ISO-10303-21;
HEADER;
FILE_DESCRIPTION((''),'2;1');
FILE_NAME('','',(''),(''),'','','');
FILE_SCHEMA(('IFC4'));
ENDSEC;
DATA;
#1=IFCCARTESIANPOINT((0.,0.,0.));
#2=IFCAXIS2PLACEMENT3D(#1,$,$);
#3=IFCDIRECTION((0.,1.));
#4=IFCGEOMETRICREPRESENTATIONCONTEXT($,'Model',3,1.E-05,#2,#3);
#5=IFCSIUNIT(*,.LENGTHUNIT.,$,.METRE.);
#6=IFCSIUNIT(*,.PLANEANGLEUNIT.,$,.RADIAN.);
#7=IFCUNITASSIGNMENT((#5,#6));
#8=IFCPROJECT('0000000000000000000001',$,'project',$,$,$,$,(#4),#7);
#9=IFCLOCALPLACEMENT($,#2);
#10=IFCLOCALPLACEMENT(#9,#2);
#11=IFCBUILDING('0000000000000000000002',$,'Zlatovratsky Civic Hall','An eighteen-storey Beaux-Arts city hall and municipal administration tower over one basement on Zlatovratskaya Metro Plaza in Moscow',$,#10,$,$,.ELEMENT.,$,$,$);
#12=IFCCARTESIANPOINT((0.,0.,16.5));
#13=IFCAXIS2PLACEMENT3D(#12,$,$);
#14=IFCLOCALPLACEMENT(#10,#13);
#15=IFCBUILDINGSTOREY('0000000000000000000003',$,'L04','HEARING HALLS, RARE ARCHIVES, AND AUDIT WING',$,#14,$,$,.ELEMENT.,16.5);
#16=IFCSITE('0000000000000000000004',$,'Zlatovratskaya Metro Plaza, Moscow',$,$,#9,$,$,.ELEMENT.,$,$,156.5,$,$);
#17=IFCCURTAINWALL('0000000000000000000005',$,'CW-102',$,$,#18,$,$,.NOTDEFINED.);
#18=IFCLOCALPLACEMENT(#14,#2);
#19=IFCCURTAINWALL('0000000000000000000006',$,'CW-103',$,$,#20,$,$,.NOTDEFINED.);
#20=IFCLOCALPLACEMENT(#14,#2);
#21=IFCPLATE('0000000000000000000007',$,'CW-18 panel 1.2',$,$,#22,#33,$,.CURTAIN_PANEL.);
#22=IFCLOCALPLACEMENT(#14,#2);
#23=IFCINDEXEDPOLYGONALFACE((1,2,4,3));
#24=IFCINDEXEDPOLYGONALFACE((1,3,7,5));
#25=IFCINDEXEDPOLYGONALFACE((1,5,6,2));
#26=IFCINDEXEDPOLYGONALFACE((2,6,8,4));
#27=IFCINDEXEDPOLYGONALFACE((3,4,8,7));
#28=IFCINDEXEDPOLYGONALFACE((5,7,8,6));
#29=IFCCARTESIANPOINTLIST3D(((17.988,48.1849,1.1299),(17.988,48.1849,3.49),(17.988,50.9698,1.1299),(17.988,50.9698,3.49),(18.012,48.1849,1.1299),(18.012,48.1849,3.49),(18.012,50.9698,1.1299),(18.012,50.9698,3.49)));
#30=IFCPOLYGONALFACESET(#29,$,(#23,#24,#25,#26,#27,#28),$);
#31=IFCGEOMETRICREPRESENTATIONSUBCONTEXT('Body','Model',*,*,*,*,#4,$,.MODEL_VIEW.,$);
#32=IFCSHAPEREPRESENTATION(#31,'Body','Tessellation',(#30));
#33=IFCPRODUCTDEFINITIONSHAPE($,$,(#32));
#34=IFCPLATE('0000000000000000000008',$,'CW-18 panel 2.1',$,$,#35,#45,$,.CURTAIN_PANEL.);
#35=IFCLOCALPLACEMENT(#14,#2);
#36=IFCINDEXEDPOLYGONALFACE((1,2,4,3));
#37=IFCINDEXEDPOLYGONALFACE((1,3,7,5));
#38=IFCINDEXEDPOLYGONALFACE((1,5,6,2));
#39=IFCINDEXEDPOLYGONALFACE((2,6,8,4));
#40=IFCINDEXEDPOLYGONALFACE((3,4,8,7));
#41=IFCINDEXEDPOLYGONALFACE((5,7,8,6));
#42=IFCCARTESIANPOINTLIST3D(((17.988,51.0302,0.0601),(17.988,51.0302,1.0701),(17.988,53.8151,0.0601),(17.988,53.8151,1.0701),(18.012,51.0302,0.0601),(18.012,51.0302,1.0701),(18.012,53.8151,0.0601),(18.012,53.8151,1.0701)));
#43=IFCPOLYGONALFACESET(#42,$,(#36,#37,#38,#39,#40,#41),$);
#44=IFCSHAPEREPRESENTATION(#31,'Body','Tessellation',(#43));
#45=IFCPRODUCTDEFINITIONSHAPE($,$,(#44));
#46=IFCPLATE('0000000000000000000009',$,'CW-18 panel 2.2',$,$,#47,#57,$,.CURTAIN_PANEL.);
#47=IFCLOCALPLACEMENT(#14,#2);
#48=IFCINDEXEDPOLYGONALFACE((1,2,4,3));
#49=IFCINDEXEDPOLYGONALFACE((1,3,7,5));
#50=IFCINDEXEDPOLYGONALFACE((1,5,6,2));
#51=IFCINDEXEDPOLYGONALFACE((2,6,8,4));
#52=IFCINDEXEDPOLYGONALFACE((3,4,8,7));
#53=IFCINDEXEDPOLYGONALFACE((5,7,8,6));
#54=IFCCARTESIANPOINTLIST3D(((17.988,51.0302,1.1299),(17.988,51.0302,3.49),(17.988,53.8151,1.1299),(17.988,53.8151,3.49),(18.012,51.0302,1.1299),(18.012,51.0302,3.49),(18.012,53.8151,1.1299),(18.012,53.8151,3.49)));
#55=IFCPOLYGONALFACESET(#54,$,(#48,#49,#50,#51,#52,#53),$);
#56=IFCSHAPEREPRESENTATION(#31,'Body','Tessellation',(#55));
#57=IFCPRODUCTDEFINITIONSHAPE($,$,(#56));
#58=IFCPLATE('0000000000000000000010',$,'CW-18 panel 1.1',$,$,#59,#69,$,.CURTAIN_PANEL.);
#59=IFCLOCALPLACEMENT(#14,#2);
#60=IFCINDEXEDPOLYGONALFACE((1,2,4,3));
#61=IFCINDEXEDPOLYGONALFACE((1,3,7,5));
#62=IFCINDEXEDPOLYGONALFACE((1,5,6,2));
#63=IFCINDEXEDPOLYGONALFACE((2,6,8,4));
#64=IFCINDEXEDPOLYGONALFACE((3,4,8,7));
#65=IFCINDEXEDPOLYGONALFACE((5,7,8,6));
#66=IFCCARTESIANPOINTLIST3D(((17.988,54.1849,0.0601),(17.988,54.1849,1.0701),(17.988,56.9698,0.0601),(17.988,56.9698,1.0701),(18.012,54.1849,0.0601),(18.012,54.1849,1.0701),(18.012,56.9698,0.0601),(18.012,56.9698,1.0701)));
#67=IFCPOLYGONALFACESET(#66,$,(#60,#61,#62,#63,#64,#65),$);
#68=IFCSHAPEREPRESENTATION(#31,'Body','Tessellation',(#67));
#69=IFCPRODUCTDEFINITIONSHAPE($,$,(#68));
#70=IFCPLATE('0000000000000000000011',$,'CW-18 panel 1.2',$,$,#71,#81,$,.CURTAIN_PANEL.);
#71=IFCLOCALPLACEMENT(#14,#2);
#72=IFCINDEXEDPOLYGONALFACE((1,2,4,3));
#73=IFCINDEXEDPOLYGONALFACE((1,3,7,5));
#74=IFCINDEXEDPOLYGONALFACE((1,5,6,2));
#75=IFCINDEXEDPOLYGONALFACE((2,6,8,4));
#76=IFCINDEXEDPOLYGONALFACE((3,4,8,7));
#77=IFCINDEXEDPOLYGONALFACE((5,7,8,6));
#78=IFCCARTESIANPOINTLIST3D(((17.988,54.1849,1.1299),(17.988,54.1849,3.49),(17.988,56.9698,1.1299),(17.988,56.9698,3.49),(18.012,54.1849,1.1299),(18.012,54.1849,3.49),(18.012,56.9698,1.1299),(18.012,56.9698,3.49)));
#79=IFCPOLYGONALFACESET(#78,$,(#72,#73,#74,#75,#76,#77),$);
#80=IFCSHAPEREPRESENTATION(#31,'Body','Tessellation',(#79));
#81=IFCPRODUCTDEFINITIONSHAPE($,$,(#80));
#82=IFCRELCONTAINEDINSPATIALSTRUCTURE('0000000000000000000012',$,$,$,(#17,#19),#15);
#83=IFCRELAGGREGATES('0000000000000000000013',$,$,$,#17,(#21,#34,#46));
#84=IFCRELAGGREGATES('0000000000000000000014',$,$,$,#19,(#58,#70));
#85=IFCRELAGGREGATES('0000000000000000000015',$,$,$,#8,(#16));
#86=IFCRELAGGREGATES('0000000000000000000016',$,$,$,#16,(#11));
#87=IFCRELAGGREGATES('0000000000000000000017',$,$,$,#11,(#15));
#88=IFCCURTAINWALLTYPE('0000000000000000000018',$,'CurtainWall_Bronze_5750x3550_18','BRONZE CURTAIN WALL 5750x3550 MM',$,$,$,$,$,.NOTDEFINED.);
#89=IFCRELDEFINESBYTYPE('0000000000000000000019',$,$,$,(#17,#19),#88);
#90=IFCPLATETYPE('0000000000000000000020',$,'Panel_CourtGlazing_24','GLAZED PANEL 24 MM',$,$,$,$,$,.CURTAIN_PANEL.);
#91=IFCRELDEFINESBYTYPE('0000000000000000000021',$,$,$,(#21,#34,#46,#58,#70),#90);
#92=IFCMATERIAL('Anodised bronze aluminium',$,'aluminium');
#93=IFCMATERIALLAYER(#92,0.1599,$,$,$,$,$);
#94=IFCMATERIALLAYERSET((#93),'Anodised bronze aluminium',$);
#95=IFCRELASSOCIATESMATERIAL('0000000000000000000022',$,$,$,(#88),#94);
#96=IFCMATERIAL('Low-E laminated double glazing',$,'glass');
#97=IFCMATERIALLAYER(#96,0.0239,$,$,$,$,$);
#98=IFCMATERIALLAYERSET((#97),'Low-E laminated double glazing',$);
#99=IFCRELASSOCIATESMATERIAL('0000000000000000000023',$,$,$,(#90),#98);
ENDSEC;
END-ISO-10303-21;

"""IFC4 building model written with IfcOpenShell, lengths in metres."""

from ifc_helpers import new_model, si_unit, direction, frame, origin, origin_2d, place, context, subcontext, project, spatial, rectangle, extrude, material, layer, layer_set, type_object, element, aggregate, save


model = new_model("IFC4")

# Units and contexts
model_context = context("Model", 3, precision=1e-05, world=origin(), true_north=direction((0.0, 1.0)))
body_context = subcontext(model_context, "Body", "Model", "MODEL_VIEW")
ifc_project = project(units=[si_unit("LENGTHUNIT", "METRE"), si_unit("PLANEANGLEUNIT", "RADIAN")], contexts=[model_context])

# Site, building, storey
site_placement = place(None, origin())
site = spatial("IfcSite", under=ifc_project, at=site_placement, Name="Zlatovratskaya Metro Plaza, Moscow", CompositionType="ELEMENT", RefElevation=156.5)
building_placement = place(site_placement, origin())
building = spatial("IfcBuilding", under=site, at=building_placement, Name="Zlatovratsky Civic Hall", Description="An eighteen-storey Beaux-Arts city hall and municipal administration tower over one basement on Zlatovratskaya Metro Plaza in Moscow", CompositionType="ELEMENT")
storey_placement = place(building_placement, frame((0.0, 0.0, 16.5)))
storey = spatial("IfcBuildingStorey", under=building, at=storey_placement, Name="L04", Description="HEARING HALLS, RARE ARCHIVES, AND AUDIT WING", CompositionType="ELEMENT", Elevation=16.5)

# Curtain wall
ifc_material_1 = material(Name="Anodised bronze aluminium", Category="aluminium")
ifc_layer_1 = layer(ifc_material_1, 0.1599)
ifc_layer_set_1 = layer_set([ifc_layer_1], Name="Anodised bronze aluminium")
curtain_wall_type = type_object("IfcCurtainWallType", Name="CurtainWall_Bronze_5750x3550_18", Description="BRONZE CURTAIN WALL 5750x3550 MM", PredefinedType="NOTDEFINED", material=ifc_layer_set_1)
curtain_wall_1_placement = place(storey_placement, origin())
curtain_wall_1 = element("IfcCurtainWall", 1, at=curtain_wall_1_placement, inside=storey, type_object=curtain_wall_type, Name="CW-102", PredefinedType="NOTDEFINED")

# Curtain wall
curtain_wall_2_placement = place(storey_placement, origin())
curtain_wall_2 = element("IfcCurtainWall", 2, at=curtain_wall_2_placement, inside=storey, type_object=curtain_wall_type, Name="CW-103", PredefinedType="NOTDEFINED")

# Plates
ifc_material_2 = material(Name="Low-E laminated double glazing", Category="glass")
ifc_layer_2 = layer(ifc_material_2, 0.0239)
ifc_layer_set_2 = layer_set([ifc_layer_2], Name="Low-E laminated double glazing")
plate_type = type_object("IfcPlateType", Name="Panel_CourtGlazing_24", Description="GLAZED PANEL 24 MM", PredefinedType="CURTAIN_PANEL", material=ifc_layer_set_2)
plate_1_placement = place(storey_placement, frame((18.0, 49.5774, 1.1299), z_axis=(0.0, 0.0, 1.0), x_axis=(0.0, 1.0, 0.0)))
plate_1 = element("IfcPlate", 3, at=plate_1_placement, type_object=plate_type, Name="CW-18 panel 1.2", PredefinedType="CURTAIN_PANEL", context=body_context, shape_type="SweptSolid", body=[
    extrude(rectangle(XDim=2.7849, YDim=0.0239, at=origin_2d()), origin(), (0.0, 0.0, 1.0), 2.3601),
])
plate_2_placement = place(storey_placement, frame((18.0, 52.4226, 0.0601), z_axis=(0.0, 0.0, 1.0), x_axis=(0.0, 1.0, 0.0)))
plate_2 = element("IfcPlate", 4, at=plate_2_placement, type_object=plate_type, Name="CW-18 panel 2.1", PredefinedType="CURTAIN_PANEL", context=body_context, shape_type="SweptSolid", body=[
    extrude(rectangle(XDim=2.7849, YDim=0.0239, at=origin_2d()), origin(), (0.0, 0.0, 1.0), 1.01),
])
plate_3_placement = place(storey_placement, frame((18.0, 52.4226, 1.1299), z_axis=(0.0, 0.0, 1.0), x_axis=(0.0, 1.0, 0.0)))
plate_3 = element("IfcPlate", 5, at=plate_3_placement, type_object=plate_type, Name="CW-18 panel 2.2", PredefinedType="CURTAIN_PANEL", context=body_context, shape_type="SweptSolid", body=[
    extrude(rectangle(XDim=2.7849, YDim=0.0239, at=origin_2d()), origin(), (0.0, 0.0, 1.0), 2.3601),
])
aggregate(curtain_wall_1, [plate_1, plate_2, plate_3])
plate_4_placement = place(storey_placement, frame((18.0, 55.5774, 0.0601), z_axis=(0.0, 0.0, 1.0), x_axis=(0.0, 1.0, 0.0)))
plate_4 = element("IfcPlate", 6, at=plate_4_placement, type_object=plate_type, Name="CW-18 panel 1.1", PredefinedType="CURTAIN_PANEL", context=body_context, shape_type="SweptSolid", body=[
    extrude(rectangle(XDim=2.7849, YDim=0.0239, at=origin_2d()), origin(), (0.0, 0.0, 1.0), 1.01),
])
plate_5_placement = place(storey_placement, frame((18.0, 55.5774, 1.1299), z_axis=(0.0, 0.0, 1.0), x_axis=(0.0, 1.0, 0.0)))
plate_5 = element("IfcPlate", 7, at=plate_5_placement, type_object=plate_type, Name="CW-18 panel 1.2", PredefinedType="CURTAIN_PANEL", context=body_context, shape_type="SweptSolid", body=[
    extrude(rectangle(XDim=2.7849, YDim=0.0239, at=origin_2d()), origin(), (0.0, 0.0, 1.0), 2.3601),
])
aggregate(curtain_wall_2, [plate_4, plate_5])

save(model, "model.ifc")
